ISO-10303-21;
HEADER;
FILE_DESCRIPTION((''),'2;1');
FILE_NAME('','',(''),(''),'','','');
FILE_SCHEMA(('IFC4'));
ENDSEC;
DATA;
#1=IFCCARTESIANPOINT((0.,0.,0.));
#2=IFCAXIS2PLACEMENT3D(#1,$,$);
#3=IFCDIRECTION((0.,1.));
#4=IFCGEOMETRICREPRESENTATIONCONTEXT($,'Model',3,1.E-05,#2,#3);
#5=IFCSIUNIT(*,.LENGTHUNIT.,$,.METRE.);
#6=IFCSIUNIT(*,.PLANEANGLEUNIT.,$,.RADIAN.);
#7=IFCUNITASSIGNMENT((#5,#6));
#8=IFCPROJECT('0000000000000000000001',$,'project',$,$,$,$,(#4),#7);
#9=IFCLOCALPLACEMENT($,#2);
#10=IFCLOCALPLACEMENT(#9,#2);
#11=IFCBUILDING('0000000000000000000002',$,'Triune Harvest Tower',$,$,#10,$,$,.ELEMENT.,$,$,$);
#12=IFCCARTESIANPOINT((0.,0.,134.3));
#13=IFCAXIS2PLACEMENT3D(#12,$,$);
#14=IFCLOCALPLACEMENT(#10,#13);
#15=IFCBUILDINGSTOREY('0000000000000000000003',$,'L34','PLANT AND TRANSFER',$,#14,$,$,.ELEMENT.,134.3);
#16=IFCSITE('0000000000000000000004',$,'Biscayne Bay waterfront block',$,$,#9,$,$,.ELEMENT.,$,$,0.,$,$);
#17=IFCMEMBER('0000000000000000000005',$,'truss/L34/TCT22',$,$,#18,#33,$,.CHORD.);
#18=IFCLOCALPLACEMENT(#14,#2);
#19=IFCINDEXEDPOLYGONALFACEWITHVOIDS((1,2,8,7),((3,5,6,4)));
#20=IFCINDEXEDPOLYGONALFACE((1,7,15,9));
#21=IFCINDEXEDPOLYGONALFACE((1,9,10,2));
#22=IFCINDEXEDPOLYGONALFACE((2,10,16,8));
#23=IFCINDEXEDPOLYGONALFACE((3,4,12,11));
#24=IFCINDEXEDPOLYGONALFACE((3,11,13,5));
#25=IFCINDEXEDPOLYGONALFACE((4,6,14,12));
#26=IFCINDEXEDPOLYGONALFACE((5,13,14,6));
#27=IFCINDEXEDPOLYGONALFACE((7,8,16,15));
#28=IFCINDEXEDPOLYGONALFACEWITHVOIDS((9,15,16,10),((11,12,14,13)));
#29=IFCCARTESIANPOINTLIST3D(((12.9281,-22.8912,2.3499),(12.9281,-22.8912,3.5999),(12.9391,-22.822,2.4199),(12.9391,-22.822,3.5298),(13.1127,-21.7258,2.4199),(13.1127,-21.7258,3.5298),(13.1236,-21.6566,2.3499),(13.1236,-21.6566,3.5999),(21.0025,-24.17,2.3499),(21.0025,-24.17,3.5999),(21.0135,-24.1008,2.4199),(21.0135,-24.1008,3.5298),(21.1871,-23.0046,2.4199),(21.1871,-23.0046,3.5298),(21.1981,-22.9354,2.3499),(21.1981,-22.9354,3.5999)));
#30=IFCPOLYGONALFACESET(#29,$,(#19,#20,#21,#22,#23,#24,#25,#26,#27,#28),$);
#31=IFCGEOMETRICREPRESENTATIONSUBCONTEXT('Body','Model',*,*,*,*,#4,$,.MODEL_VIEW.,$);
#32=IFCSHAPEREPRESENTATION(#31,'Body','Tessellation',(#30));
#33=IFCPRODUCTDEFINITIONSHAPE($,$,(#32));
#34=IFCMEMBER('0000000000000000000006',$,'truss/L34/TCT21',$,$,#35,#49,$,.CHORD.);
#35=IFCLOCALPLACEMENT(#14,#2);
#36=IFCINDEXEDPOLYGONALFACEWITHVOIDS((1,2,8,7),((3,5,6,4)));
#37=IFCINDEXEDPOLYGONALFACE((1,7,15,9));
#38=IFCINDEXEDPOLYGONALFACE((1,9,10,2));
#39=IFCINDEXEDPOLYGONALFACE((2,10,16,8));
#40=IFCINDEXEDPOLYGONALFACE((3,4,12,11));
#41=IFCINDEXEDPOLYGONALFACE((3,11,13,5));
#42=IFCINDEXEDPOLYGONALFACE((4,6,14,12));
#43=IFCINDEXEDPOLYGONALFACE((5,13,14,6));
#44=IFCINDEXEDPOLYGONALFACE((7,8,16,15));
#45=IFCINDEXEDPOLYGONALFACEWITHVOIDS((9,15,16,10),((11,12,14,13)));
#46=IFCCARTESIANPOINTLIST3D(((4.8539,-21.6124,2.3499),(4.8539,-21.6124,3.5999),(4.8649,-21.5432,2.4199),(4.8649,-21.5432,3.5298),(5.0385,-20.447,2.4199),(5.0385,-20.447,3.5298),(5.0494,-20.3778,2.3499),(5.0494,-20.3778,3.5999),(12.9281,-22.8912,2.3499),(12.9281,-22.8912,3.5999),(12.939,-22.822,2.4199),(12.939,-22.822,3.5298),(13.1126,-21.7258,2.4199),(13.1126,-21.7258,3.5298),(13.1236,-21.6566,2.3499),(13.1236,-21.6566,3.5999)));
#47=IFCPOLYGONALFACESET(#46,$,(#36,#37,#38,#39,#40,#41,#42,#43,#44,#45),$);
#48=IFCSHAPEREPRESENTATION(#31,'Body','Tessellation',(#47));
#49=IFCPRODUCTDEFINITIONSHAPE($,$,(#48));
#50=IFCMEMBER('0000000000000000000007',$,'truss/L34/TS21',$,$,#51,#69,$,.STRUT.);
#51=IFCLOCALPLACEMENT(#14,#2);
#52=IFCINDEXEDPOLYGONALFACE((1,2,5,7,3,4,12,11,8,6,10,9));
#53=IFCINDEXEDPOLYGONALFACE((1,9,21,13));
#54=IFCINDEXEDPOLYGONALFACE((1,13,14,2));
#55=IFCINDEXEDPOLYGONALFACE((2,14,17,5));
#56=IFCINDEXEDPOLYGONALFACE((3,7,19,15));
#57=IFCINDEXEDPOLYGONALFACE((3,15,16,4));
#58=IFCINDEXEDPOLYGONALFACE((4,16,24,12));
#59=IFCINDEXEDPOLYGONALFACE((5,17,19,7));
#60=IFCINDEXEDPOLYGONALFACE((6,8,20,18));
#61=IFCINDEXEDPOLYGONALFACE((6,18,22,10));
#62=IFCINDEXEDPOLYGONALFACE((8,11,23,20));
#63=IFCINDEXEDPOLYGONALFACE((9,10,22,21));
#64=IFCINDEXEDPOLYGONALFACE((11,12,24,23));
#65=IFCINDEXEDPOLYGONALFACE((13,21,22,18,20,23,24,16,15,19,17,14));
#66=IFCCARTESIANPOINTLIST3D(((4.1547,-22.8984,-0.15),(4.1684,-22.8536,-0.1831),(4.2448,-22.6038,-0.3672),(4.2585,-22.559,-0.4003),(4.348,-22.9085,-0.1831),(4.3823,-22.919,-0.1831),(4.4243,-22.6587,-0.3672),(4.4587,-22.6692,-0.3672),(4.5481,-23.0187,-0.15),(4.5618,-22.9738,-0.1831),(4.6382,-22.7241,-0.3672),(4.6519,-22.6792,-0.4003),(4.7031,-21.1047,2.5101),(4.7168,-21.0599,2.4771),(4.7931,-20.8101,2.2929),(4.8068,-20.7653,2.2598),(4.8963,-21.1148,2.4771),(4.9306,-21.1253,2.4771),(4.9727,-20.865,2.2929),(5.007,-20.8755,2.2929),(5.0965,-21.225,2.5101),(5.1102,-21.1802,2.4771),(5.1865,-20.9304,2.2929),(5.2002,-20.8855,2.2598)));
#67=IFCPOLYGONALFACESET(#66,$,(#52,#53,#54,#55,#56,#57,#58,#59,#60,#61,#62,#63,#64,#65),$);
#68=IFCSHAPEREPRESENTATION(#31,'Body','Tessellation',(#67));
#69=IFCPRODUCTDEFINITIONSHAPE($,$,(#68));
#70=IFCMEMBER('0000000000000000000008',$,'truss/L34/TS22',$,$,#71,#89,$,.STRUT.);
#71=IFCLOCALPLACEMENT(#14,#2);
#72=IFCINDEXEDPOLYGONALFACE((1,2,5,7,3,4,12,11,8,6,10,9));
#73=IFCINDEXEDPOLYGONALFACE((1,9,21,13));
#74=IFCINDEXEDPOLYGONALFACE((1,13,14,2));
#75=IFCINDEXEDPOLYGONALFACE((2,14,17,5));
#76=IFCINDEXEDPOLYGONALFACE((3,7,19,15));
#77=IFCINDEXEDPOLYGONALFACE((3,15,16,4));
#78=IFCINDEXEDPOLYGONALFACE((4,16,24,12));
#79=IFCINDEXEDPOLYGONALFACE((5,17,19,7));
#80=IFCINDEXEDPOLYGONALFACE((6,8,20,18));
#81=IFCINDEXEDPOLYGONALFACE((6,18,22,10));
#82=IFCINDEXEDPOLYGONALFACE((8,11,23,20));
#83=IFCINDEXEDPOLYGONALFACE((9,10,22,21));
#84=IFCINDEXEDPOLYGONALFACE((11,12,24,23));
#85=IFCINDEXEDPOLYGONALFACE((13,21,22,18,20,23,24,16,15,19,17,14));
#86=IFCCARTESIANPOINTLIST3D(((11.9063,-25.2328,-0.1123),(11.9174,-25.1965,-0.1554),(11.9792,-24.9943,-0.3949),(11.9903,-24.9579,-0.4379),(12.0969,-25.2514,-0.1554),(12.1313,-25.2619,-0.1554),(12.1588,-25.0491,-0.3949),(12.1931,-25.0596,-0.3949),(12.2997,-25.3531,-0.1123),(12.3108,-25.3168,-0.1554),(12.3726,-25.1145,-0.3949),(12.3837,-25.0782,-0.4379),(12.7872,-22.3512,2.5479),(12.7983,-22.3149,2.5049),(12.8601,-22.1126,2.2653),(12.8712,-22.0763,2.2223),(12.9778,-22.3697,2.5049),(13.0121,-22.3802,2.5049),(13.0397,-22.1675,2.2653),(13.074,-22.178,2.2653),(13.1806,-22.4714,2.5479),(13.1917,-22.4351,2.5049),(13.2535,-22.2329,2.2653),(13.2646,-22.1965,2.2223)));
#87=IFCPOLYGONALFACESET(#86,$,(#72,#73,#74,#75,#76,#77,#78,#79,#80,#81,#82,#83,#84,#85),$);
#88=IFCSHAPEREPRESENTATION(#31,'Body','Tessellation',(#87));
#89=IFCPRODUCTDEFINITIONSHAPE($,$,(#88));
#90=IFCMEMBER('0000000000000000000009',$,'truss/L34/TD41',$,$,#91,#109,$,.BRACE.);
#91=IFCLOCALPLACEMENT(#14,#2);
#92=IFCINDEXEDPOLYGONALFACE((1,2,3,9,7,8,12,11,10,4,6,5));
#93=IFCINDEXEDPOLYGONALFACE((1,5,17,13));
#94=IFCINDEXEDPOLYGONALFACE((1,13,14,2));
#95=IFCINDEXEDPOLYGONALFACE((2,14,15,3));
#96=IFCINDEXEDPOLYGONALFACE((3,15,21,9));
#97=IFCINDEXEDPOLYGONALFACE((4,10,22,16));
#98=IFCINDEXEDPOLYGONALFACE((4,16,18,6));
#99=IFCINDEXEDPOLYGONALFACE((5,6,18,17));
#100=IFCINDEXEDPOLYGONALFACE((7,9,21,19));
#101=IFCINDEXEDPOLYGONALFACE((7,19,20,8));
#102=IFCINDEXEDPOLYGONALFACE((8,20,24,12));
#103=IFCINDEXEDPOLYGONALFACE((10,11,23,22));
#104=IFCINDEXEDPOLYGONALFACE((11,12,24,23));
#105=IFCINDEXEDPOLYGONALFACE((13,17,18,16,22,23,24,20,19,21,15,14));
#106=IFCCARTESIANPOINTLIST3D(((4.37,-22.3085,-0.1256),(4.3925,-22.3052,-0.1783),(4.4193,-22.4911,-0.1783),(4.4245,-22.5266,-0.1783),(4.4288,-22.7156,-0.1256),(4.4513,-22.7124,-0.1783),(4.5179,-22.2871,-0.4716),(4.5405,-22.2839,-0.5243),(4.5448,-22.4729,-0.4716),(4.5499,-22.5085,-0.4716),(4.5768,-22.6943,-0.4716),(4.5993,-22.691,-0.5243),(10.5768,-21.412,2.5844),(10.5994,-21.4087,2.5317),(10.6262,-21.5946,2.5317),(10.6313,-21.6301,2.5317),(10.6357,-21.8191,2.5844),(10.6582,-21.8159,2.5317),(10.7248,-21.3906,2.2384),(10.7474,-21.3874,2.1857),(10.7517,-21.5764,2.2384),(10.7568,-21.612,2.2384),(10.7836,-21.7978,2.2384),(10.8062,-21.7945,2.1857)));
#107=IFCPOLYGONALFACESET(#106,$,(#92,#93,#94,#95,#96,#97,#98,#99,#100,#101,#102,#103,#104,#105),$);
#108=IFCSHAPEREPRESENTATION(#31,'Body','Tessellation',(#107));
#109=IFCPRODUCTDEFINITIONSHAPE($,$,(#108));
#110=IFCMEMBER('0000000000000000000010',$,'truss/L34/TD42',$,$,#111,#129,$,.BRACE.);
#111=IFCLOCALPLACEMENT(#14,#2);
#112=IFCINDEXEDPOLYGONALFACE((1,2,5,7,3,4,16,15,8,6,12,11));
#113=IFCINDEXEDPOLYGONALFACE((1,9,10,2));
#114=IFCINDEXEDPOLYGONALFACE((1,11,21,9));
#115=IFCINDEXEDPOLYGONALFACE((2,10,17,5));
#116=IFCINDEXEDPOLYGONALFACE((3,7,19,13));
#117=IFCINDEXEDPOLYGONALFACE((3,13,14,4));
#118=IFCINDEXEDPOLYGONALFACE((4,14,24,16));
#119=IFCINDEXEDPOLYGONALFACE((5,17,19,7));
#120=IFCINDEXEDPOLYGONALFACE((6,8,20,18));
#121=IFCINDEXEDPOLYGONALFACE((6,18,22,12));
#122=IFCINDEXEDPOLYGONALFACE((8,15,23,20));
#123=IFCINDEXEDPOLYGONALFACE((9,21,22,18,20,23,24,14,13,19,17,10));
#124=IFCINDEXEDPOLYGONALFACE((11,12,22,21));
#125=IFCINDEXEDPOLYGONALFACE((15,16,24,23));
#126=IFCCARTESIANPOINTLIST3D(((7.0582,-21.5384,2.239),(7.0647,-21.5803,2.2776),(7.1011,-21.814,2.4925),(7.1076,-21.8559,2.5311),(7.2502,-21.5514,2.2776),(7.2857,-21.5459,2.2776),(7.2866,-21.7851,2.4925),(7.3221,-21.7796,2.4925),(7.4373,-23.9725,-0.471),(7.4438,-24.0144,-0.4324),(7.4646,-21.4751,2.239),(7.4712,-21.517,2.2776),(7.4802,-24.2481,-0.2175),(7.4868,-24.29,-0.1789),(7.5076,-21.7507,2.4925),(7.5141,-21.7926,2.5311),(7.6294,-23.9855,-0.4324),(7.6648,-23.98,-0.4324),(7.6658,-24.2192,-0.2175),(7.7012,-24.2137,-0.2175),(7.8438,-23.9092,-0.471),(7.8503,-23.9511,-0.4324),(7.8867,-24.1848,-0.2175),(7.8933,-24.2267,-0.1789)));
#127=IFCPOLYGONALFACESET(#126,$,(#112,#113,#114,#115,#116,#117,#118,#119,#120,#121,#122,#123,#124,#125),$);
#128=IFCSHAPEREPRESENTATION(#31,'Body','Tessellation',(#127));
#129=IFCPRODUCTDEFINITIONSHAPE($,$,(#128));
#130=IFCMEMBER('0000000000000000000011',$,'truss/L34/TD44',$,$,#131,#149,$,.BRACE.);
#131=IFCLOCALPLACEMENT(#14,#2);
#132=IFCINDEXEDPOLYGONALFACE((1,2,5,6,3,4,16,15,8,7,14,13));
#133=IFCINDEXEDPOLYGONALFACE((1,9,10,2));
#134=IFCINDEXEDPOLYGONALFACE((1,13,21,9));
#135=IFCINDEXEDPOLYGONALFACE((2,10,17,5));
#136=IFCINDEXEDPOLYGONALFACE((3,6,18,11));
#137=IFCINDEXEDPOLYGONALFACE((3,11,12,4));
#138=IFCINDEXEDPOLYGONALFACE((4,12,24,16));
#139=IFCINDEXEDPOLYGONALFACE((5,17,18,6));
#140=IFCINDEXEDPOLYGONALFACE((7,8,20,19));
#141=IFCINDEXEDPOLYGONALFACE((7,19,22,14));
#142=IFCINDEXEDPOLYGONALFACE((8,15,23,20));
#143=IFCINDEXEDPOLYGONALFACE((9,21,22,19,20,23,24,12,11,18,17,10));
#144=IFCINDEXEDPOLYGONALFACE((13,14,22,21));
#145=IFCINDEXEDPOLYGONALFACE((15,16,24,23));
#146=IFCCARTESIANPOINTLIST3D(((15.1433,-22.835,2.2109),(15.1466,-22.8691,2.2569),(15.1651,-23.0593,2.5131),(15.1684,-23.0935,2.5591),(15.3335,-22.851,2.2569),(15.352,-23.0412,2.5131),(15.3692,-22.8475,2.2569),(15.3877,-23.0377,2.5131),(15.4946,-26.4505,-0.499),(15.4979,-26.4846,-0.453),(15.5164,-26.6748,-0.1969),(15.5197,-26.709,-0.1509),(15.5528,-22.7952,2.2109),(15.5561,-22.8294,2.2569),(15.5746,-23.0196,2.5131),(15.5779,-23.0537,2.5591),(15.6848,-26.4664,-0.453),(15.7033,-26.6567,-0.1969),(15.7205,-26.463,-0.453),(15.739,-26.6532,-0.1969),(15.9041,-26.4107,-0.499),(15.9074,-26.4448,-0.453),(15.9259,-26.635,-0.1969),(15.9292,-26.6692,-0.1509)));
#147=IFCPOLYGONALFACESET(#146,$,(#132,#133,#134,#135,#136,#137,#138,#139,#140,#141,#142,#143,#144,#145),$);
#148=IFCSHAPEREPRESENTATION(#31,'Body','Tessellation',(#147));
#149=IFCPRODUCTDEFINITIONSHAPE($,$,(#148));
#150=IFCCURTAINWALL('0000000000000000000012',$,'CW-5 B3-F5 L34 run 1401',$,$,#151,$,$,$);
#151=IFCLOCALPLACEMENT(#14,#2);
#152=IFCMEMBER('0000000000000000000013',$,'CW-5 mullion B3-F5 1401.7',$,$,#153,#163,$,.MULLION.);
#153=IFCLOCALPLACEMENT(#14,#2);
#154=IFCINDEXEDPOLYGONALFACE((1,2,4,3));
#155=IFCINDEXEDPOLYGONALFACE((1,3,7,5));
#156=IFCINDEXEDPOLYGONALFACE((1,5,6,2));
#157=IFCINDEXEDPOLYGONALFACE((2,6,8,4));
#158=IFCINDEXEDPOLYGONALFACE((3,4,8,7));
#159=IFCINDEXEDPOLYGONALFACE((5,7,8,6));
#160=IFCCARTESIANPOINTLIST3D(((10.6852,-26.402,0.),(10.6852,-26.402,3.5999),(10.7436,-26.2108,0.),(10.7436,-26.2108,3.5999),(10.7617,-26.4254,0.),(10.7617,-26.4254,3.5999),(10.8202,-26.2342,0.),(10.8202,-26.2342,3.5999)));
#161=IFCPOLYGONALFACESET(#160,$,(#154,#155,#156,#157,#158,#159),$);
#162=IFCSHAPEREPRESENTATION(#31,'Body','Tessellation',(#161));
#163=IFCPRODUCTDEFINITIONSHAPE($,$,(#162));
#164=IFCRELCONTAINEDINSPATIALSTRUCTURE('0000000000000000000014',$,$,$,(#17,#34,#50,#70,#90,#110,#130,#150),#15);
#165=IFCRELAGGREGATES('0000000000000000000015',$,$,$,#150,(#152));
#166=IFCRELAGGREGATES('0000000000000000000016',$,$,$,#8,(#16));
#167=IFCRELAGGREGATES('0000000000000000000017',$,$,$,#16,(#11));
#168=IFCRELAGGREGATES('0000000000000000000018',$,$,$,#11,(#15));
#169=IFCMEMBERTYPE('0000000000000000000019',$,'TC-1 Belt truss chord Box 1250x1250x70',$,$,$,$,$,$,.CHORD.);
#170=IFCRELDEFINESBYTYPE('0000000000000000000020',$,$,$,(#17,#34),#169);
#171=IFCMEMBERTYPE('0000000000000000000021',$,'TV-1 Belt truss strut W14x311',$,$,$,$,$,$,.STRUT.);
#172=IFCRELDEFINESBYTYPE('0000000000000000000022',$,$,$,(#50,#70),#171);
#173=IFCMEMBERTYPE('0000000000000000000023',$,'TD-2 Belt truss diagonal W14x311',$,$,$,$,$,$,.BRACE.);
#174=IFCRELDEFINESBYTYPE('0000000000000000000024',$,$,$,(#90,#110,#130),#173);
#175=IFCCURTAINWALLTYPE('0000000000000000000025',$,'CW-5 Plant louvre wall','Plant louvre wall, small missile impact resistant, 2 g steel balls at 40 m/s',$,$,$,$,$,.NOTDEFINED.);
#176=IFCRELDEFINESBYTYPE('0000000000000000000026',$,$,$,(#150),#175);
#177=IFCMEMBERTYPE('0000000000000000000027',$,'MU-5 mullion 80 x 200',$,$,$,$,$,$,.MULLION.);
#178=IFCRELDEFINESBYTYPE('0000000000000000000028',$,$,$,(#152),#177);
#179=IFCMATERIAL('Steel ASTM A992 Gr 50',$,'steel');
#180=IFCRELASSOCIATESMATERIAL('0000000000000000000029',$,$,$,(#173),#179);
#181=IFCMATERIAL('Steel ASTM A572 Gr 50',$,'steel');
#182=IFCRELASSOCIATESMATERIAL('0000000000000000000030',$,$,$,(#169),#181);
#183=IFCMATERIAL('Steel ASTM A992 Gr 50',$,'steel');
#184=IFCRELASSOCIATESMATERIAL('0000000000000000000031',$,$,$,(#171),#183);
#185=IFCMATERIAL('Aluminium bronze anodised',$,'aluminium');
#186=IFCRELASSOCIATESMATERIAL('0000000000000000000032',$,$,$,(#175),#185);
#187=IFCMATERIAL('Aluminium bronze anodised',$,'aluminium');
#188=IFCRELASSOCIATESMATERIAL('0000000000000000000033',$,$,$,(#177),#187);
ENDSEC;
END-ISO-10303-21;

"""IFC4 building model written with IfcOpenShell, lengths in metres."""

from ifc_helpers import new_model, si_unit, direction, frame, origin, origin_2d, place, context, subcontext, project, spatial, rectangle, hollow_rectangle, i_section, extrude, source, transform, mapped, material, material_profile, profile_set, type_object, element, aggregate, save


model = new_model("IFC4")

# Units and contexts
model_context = context("Model", 3, precision=1e-05, world=origin(), true_north=direction((0.0, 1.0)))
body_context = subcontext(model_context, "Body", "Model", "MODEL_VIEW")
ifc_project = project(units=[si_unit("LENGTHUNIT", "METRE"), si_unit("PLANEANGLEUNIT", "RADIAN")], contexts=[model_context])

# Site, building, storey
site_placement = place(None, origin())
site = spatial("IfcSite", under=ifc_project, at=site_placement, Name="Biscayne Bay waterfront block", CompositionType="ELEMENT", RefElevation=0.0)
building_placement = place(site_placement, origin())
building = spatial("IfcBuilding", under=site, at=building_placement, Name="Triune Harvest Tower", CompositionType="ELEMENT")
storey_placement = place(building_placement, frame((0.0, 0.0, 134.3)))
storey = spatial("IfcBuildingStorey", under=building, at=storey_placement, Name="L34", Description="PLANT AND TRANSFER", CompositionType="ELEMENT", Elevation=134.3)

# Shared definitions
ifc_material_1 = material(Name="Steel ASTM A992 Gr 50", Category="steel")
ifc_material_profile_1 = material_profile(ifc_material_1, i_section(OverallWidth=0.4114, OverallDepth=0.4343, WebThickness=0.0359, FlangeThickness=0.0574, at=origin_2d()), Name="W14x311")
ifc_profile_set_1 = profile_set([ifc_material_profile_1], Name="Steel ASTM A992 Gr 50")
member_type_1 = type_object("IfcMemberType", Name="TD-2 Belt truss diagonal W14x311", PredefinedType="BRACE", material=ifc_profile_set_1)

# Members
ifc_material_2 = material(Name="Steel ASTM A572 Gr 50", Category="steel")
ifc_material_profile_2 = material_profile(ifc_material_2, hollow_rectangle(XDim=1.25, YDim=1.25, WallThickness=0.0701, at=origin_2d()), Name="Box 1250x1250x70")
ifc_profile_set_2 = profile_set([ifc_material_profile_2], Name="Steel ASTM A572 Gr 50")
member_type_2 = type_object("IfcMemberType", Name="TC-1 Belt truss chord Box 1250x1250x70", PredefinedType="CHORD", material=ifc_profile_set_2)
shared_shape_1 = source(origin(), body_context, "Body", "SweptSolid", [
    extrude(hollow_rectangle(XDim=1.25, YDim=1.25, WallThickness=0.0701, at=origin_2d()), origin(), (0.0, 0.0, 1.0), 8.175),
])
member_1_placement = place(storey_placement, frame((13.0259, -22.2739, 2.9749), z_axis=(0.987689, -0.156427, 0.0), x_axis=(0.156427, 0.987689, 0.0)))
element("IfcMember", 1, at=member_1_placement, inside=storey, type_object=member_type_2, Name="truss/L34/TCT22", PredefinedType="CHORD", context=body_context, shape_type="MappedRepresentation", body=[
    mapped(shared_shape_1, transform((0.0, 0.0, 0.0), scale=1.0)),
])
shared_shape_2 = source(origin(), body_context, "Body", "SweptSolid", [
    extrude(hollow_rectangle(XDim=1.25, YDim=1.25, WallThickness=0.0701, at=origin_2d()), origin(), (0.0, 0.0, 1.0), 8.1748),
])
member_2_placement = place(storey_placement, frame((4.9517, -20.9951, 2.9749), z_axis=(0.987689, -0.156432, 0.0), x_axis=(0.156432, 0.987689, 0.0)))
element("IfcMember", 2, at=member_2_placement, inside=storey, type_object=member_type_2, Name="truss/L34/TCT21", PredefinedType="CHORD", context=body_context, shape_type="MappedRepresentation", body=[
    mapped(shared_shape_2, transform((0.0, 0.0, 0.0), scale=1.0)),
])
ifc_material_3 = material(Name="Steel ASTM A992 Gr 50", Category="steel")
ifc_material_profile_3 = material_profile(ifc_material_3, i_section(OverallWidth=0.4114, OverallDepth=0.4343, WebThickness=0.0359, FlangeThickness=0.0574, at=origin_2d()), Name="W14x311")
ifc_profile_set_3 = profile_set([ifc_material_profile_3], Name="Steel ASTM A992 Gr 50")
member_type_3 = type_object("IfcMemberType", Name="TV-1 Belt truss strut W14x311", PredefinedType="STRUT", material=ifc_profile_set_3)
shared_shape_3 = source(origin(), body_context, "Body", "SweptSolid", [
    extrude(i_section(OverallWidth=0.4114, OverallDepth=0.4343, WebThickness=0.0359, FlangeThickness=0.0574, at=origin_2d()), origin(), (0.0, 0.0, 1.0), 3.2549),
])
member_3_placement = place(storey_placement, frame((4.4033, -22.7888, -0.2751), z_axis=(0.168465, 0.551075, 0.817274), x_axis=(-0.956312, 0.292348, 0.0)))
element("IfcMember", 3, at=member_3_placement, inside=storey, type_object=member_type_3, Name="truss/L34/TS21", PredefinedType="STRUT", context=body_context, shape_type="MappedRepresentation", body=[
    mapped(shared_shape_3, transform((0.0, 0.0, 0.0), scale=1.0)),
])
shared_shape_4 = source(origin(), body_context, "Body", "SweptSolid", [
    extrude(i_section(OverallWidth=0.4114, OverallDepth=0.4343, WebThickness=0.0359, FlangeThickness=0.0574, at=origin_2d()), origin(), (0.0, 0.0, 1.0), 4.0195),
])
member_4_placement = place(storey_placement, frame((12.145, -25.1555, -0.2751), z_axis=(0.21915, 0.716913, 0.661822), x_axis=(-0.956317, 0.292332, 0.0)))
element("IfcMember", 4, at=member_4_placement, inside=storey, type_object=member_type_3, Name="truss/L34/TS22", PredefinedType="STRUT", context=body_context, shape_type="MappedRepresentation", body=[
    mapped(shared_shape_4, transform((0.0, 0.0, 0.0), scale=1.0)),
])
shared_shape_5 = source(origin(), body_context, "Body", "SweptSolid", [
    extrude(i_section(OverallWidth=0.4114, OverallDepth=0.4343, WebThickness=0.0359, FlangeThickness=0.0574, at=origin_2d()), origin(), (0.0, 0.0, 1.0), 6.8318),
])
member_5_placement = place(storey_placement, frame((4.4846, -22.4998, -0.325), z_axis=(0.908531, 0.131225, 0.396676), x_axis=(-0.142953, 0.98973, 0.0)))
element("IfcMember", 5, at=member_5_placement, inside=storey, type_object=member_type_1, Name="truss/L34/TD41", PredefinedType="BRACE", context=body_context, shape_type="MappedRepresentation", body=[
    mapped(shared_shape_5, transform((0.0, 0.0, 0.0), scale=1.0)),
])
shared_shape_6 = source(origin(), body_context, "Body", "SweptSolid", [
    extrude(i_section(OverallWidth=0.4114, OverallDepth=0.4343, WebThickness=0.0359, FlangeThickness=0.0574, at=origin_2d()), origin(), (0.0, 0.0, 1.0), 3.6624),
])
member_6_placement = place(storey_placement, frame((7.6653, -24.0996, -0.325), z_axis=(-0.103528, 0.664633, 0.739963), x_axis=(-0.988085, -0.153911, 0.0)))
element("IfcMember", 6, at=member_6_placement, inside=storey, type_object=member_type_1, Name="truss/L34/TD42", PredefinedType="BRACE", context=body_context, shape_type="MappedRepresentation", body=[
    mapped(shared_shape_6, transform((0.0, 0.0, 0.0), scale=1.0)),
])
shared_shape_7 = source(origin(), body_context, "Body", "SweptSolid", [
    extrude(i_section(OverallWidth=0.4114, OverallDepth=0.4343, WebThickness=0.0359, FlangeThickness=0.0574, at=origin_2d()), origin(), (0.0, 0.0, 1.0), 4.532),
])
member_7_placement = place(storey_placement, frame((15.7119, -26.5598, -0.325), z_axis=(-0.07752, 0.797767, 0.597962), x_axis=(-0.995312, -0.096715, 0.0)))
element("IfcMember", 7, at=member_7_placement, inside=storey, type_object=member_type_1, Name="truss/L34/TD44", PredefinedType="BRACE", context=body_context, shape_type="MappedRepresentation", body=[
    mapped(shared_shape_7, transform((0.0, 0.0, 0.0), scale=1.0)),
])

# Curtain wall, member
ifc_material_4 = material(Name="Aluminium bronze anodised", Category="aluminium")
curtain_wall_type = type_object("IfcCurtainWallType", Name="CW-5 Plant louvre wall", Description="Plant louvre wall, small missile impact resistant, 2 g steel balls at 40 m/s", PredefinedType="NOTDEFINED", material=ifc_material_4)
curtain_wall_placement = place(storey_placement, origin())
curtain_wall = element("IfcCurtainWall", 8, at=curtain_wall_placement, inside=storey, type_object=curtain_wall_type, Name="CW-5 B3-F5 L34 run 1401")
ifc_material_5 = material(Name="Aluminium bronze anodised", Category="aluminium")
ifc_material_profile_4 = material_profile(ifc_material_5, rectangle(XDim=0.2, YDim=0.0801, at=origin_2d()), Name="MU-5 mullion 80 x 200")
ifc_profile_set_4 = profile_set([ifc_material_profile_4], Name="Aluminium bronze anodised")
member_type_4 = type_object("IfcMemberType", Name="MU-5 mullion 80 x 200", PredefinedType="MULLION", material=ifc_profile_set_4)
shared_shape_8 = source(origin(), body_context, "Body", "SweptSolid", [
    extrude(rectangle(XDim=0.2, YDim=0.0801, at=origin_2d()), origin(), (0.0, 0.0, 1.0), 3.5999),
])
member_8_placement = place(storey_placement, frame((10.7527, -26.3181, 0.0), z_axis=(0.0, 0.0, 1.0), x_axis=(0.292374, 0.956304, 0.0)))
member_8 = element("IfcMember", 9, at=member_8_placement, type_object=member_type_4, Name="CW-5 mullion B3-F5 1401.7", PredefinedType="MULLION", context=body_context, shape_type="MappedRepresentation", body=[
    mapped(shared_shape_8, transform((0.0, 0.0, 0.0), scale=1.0)),
])
aggregate(curtain_wall, [member_8])

save(model, "model.ifc")
